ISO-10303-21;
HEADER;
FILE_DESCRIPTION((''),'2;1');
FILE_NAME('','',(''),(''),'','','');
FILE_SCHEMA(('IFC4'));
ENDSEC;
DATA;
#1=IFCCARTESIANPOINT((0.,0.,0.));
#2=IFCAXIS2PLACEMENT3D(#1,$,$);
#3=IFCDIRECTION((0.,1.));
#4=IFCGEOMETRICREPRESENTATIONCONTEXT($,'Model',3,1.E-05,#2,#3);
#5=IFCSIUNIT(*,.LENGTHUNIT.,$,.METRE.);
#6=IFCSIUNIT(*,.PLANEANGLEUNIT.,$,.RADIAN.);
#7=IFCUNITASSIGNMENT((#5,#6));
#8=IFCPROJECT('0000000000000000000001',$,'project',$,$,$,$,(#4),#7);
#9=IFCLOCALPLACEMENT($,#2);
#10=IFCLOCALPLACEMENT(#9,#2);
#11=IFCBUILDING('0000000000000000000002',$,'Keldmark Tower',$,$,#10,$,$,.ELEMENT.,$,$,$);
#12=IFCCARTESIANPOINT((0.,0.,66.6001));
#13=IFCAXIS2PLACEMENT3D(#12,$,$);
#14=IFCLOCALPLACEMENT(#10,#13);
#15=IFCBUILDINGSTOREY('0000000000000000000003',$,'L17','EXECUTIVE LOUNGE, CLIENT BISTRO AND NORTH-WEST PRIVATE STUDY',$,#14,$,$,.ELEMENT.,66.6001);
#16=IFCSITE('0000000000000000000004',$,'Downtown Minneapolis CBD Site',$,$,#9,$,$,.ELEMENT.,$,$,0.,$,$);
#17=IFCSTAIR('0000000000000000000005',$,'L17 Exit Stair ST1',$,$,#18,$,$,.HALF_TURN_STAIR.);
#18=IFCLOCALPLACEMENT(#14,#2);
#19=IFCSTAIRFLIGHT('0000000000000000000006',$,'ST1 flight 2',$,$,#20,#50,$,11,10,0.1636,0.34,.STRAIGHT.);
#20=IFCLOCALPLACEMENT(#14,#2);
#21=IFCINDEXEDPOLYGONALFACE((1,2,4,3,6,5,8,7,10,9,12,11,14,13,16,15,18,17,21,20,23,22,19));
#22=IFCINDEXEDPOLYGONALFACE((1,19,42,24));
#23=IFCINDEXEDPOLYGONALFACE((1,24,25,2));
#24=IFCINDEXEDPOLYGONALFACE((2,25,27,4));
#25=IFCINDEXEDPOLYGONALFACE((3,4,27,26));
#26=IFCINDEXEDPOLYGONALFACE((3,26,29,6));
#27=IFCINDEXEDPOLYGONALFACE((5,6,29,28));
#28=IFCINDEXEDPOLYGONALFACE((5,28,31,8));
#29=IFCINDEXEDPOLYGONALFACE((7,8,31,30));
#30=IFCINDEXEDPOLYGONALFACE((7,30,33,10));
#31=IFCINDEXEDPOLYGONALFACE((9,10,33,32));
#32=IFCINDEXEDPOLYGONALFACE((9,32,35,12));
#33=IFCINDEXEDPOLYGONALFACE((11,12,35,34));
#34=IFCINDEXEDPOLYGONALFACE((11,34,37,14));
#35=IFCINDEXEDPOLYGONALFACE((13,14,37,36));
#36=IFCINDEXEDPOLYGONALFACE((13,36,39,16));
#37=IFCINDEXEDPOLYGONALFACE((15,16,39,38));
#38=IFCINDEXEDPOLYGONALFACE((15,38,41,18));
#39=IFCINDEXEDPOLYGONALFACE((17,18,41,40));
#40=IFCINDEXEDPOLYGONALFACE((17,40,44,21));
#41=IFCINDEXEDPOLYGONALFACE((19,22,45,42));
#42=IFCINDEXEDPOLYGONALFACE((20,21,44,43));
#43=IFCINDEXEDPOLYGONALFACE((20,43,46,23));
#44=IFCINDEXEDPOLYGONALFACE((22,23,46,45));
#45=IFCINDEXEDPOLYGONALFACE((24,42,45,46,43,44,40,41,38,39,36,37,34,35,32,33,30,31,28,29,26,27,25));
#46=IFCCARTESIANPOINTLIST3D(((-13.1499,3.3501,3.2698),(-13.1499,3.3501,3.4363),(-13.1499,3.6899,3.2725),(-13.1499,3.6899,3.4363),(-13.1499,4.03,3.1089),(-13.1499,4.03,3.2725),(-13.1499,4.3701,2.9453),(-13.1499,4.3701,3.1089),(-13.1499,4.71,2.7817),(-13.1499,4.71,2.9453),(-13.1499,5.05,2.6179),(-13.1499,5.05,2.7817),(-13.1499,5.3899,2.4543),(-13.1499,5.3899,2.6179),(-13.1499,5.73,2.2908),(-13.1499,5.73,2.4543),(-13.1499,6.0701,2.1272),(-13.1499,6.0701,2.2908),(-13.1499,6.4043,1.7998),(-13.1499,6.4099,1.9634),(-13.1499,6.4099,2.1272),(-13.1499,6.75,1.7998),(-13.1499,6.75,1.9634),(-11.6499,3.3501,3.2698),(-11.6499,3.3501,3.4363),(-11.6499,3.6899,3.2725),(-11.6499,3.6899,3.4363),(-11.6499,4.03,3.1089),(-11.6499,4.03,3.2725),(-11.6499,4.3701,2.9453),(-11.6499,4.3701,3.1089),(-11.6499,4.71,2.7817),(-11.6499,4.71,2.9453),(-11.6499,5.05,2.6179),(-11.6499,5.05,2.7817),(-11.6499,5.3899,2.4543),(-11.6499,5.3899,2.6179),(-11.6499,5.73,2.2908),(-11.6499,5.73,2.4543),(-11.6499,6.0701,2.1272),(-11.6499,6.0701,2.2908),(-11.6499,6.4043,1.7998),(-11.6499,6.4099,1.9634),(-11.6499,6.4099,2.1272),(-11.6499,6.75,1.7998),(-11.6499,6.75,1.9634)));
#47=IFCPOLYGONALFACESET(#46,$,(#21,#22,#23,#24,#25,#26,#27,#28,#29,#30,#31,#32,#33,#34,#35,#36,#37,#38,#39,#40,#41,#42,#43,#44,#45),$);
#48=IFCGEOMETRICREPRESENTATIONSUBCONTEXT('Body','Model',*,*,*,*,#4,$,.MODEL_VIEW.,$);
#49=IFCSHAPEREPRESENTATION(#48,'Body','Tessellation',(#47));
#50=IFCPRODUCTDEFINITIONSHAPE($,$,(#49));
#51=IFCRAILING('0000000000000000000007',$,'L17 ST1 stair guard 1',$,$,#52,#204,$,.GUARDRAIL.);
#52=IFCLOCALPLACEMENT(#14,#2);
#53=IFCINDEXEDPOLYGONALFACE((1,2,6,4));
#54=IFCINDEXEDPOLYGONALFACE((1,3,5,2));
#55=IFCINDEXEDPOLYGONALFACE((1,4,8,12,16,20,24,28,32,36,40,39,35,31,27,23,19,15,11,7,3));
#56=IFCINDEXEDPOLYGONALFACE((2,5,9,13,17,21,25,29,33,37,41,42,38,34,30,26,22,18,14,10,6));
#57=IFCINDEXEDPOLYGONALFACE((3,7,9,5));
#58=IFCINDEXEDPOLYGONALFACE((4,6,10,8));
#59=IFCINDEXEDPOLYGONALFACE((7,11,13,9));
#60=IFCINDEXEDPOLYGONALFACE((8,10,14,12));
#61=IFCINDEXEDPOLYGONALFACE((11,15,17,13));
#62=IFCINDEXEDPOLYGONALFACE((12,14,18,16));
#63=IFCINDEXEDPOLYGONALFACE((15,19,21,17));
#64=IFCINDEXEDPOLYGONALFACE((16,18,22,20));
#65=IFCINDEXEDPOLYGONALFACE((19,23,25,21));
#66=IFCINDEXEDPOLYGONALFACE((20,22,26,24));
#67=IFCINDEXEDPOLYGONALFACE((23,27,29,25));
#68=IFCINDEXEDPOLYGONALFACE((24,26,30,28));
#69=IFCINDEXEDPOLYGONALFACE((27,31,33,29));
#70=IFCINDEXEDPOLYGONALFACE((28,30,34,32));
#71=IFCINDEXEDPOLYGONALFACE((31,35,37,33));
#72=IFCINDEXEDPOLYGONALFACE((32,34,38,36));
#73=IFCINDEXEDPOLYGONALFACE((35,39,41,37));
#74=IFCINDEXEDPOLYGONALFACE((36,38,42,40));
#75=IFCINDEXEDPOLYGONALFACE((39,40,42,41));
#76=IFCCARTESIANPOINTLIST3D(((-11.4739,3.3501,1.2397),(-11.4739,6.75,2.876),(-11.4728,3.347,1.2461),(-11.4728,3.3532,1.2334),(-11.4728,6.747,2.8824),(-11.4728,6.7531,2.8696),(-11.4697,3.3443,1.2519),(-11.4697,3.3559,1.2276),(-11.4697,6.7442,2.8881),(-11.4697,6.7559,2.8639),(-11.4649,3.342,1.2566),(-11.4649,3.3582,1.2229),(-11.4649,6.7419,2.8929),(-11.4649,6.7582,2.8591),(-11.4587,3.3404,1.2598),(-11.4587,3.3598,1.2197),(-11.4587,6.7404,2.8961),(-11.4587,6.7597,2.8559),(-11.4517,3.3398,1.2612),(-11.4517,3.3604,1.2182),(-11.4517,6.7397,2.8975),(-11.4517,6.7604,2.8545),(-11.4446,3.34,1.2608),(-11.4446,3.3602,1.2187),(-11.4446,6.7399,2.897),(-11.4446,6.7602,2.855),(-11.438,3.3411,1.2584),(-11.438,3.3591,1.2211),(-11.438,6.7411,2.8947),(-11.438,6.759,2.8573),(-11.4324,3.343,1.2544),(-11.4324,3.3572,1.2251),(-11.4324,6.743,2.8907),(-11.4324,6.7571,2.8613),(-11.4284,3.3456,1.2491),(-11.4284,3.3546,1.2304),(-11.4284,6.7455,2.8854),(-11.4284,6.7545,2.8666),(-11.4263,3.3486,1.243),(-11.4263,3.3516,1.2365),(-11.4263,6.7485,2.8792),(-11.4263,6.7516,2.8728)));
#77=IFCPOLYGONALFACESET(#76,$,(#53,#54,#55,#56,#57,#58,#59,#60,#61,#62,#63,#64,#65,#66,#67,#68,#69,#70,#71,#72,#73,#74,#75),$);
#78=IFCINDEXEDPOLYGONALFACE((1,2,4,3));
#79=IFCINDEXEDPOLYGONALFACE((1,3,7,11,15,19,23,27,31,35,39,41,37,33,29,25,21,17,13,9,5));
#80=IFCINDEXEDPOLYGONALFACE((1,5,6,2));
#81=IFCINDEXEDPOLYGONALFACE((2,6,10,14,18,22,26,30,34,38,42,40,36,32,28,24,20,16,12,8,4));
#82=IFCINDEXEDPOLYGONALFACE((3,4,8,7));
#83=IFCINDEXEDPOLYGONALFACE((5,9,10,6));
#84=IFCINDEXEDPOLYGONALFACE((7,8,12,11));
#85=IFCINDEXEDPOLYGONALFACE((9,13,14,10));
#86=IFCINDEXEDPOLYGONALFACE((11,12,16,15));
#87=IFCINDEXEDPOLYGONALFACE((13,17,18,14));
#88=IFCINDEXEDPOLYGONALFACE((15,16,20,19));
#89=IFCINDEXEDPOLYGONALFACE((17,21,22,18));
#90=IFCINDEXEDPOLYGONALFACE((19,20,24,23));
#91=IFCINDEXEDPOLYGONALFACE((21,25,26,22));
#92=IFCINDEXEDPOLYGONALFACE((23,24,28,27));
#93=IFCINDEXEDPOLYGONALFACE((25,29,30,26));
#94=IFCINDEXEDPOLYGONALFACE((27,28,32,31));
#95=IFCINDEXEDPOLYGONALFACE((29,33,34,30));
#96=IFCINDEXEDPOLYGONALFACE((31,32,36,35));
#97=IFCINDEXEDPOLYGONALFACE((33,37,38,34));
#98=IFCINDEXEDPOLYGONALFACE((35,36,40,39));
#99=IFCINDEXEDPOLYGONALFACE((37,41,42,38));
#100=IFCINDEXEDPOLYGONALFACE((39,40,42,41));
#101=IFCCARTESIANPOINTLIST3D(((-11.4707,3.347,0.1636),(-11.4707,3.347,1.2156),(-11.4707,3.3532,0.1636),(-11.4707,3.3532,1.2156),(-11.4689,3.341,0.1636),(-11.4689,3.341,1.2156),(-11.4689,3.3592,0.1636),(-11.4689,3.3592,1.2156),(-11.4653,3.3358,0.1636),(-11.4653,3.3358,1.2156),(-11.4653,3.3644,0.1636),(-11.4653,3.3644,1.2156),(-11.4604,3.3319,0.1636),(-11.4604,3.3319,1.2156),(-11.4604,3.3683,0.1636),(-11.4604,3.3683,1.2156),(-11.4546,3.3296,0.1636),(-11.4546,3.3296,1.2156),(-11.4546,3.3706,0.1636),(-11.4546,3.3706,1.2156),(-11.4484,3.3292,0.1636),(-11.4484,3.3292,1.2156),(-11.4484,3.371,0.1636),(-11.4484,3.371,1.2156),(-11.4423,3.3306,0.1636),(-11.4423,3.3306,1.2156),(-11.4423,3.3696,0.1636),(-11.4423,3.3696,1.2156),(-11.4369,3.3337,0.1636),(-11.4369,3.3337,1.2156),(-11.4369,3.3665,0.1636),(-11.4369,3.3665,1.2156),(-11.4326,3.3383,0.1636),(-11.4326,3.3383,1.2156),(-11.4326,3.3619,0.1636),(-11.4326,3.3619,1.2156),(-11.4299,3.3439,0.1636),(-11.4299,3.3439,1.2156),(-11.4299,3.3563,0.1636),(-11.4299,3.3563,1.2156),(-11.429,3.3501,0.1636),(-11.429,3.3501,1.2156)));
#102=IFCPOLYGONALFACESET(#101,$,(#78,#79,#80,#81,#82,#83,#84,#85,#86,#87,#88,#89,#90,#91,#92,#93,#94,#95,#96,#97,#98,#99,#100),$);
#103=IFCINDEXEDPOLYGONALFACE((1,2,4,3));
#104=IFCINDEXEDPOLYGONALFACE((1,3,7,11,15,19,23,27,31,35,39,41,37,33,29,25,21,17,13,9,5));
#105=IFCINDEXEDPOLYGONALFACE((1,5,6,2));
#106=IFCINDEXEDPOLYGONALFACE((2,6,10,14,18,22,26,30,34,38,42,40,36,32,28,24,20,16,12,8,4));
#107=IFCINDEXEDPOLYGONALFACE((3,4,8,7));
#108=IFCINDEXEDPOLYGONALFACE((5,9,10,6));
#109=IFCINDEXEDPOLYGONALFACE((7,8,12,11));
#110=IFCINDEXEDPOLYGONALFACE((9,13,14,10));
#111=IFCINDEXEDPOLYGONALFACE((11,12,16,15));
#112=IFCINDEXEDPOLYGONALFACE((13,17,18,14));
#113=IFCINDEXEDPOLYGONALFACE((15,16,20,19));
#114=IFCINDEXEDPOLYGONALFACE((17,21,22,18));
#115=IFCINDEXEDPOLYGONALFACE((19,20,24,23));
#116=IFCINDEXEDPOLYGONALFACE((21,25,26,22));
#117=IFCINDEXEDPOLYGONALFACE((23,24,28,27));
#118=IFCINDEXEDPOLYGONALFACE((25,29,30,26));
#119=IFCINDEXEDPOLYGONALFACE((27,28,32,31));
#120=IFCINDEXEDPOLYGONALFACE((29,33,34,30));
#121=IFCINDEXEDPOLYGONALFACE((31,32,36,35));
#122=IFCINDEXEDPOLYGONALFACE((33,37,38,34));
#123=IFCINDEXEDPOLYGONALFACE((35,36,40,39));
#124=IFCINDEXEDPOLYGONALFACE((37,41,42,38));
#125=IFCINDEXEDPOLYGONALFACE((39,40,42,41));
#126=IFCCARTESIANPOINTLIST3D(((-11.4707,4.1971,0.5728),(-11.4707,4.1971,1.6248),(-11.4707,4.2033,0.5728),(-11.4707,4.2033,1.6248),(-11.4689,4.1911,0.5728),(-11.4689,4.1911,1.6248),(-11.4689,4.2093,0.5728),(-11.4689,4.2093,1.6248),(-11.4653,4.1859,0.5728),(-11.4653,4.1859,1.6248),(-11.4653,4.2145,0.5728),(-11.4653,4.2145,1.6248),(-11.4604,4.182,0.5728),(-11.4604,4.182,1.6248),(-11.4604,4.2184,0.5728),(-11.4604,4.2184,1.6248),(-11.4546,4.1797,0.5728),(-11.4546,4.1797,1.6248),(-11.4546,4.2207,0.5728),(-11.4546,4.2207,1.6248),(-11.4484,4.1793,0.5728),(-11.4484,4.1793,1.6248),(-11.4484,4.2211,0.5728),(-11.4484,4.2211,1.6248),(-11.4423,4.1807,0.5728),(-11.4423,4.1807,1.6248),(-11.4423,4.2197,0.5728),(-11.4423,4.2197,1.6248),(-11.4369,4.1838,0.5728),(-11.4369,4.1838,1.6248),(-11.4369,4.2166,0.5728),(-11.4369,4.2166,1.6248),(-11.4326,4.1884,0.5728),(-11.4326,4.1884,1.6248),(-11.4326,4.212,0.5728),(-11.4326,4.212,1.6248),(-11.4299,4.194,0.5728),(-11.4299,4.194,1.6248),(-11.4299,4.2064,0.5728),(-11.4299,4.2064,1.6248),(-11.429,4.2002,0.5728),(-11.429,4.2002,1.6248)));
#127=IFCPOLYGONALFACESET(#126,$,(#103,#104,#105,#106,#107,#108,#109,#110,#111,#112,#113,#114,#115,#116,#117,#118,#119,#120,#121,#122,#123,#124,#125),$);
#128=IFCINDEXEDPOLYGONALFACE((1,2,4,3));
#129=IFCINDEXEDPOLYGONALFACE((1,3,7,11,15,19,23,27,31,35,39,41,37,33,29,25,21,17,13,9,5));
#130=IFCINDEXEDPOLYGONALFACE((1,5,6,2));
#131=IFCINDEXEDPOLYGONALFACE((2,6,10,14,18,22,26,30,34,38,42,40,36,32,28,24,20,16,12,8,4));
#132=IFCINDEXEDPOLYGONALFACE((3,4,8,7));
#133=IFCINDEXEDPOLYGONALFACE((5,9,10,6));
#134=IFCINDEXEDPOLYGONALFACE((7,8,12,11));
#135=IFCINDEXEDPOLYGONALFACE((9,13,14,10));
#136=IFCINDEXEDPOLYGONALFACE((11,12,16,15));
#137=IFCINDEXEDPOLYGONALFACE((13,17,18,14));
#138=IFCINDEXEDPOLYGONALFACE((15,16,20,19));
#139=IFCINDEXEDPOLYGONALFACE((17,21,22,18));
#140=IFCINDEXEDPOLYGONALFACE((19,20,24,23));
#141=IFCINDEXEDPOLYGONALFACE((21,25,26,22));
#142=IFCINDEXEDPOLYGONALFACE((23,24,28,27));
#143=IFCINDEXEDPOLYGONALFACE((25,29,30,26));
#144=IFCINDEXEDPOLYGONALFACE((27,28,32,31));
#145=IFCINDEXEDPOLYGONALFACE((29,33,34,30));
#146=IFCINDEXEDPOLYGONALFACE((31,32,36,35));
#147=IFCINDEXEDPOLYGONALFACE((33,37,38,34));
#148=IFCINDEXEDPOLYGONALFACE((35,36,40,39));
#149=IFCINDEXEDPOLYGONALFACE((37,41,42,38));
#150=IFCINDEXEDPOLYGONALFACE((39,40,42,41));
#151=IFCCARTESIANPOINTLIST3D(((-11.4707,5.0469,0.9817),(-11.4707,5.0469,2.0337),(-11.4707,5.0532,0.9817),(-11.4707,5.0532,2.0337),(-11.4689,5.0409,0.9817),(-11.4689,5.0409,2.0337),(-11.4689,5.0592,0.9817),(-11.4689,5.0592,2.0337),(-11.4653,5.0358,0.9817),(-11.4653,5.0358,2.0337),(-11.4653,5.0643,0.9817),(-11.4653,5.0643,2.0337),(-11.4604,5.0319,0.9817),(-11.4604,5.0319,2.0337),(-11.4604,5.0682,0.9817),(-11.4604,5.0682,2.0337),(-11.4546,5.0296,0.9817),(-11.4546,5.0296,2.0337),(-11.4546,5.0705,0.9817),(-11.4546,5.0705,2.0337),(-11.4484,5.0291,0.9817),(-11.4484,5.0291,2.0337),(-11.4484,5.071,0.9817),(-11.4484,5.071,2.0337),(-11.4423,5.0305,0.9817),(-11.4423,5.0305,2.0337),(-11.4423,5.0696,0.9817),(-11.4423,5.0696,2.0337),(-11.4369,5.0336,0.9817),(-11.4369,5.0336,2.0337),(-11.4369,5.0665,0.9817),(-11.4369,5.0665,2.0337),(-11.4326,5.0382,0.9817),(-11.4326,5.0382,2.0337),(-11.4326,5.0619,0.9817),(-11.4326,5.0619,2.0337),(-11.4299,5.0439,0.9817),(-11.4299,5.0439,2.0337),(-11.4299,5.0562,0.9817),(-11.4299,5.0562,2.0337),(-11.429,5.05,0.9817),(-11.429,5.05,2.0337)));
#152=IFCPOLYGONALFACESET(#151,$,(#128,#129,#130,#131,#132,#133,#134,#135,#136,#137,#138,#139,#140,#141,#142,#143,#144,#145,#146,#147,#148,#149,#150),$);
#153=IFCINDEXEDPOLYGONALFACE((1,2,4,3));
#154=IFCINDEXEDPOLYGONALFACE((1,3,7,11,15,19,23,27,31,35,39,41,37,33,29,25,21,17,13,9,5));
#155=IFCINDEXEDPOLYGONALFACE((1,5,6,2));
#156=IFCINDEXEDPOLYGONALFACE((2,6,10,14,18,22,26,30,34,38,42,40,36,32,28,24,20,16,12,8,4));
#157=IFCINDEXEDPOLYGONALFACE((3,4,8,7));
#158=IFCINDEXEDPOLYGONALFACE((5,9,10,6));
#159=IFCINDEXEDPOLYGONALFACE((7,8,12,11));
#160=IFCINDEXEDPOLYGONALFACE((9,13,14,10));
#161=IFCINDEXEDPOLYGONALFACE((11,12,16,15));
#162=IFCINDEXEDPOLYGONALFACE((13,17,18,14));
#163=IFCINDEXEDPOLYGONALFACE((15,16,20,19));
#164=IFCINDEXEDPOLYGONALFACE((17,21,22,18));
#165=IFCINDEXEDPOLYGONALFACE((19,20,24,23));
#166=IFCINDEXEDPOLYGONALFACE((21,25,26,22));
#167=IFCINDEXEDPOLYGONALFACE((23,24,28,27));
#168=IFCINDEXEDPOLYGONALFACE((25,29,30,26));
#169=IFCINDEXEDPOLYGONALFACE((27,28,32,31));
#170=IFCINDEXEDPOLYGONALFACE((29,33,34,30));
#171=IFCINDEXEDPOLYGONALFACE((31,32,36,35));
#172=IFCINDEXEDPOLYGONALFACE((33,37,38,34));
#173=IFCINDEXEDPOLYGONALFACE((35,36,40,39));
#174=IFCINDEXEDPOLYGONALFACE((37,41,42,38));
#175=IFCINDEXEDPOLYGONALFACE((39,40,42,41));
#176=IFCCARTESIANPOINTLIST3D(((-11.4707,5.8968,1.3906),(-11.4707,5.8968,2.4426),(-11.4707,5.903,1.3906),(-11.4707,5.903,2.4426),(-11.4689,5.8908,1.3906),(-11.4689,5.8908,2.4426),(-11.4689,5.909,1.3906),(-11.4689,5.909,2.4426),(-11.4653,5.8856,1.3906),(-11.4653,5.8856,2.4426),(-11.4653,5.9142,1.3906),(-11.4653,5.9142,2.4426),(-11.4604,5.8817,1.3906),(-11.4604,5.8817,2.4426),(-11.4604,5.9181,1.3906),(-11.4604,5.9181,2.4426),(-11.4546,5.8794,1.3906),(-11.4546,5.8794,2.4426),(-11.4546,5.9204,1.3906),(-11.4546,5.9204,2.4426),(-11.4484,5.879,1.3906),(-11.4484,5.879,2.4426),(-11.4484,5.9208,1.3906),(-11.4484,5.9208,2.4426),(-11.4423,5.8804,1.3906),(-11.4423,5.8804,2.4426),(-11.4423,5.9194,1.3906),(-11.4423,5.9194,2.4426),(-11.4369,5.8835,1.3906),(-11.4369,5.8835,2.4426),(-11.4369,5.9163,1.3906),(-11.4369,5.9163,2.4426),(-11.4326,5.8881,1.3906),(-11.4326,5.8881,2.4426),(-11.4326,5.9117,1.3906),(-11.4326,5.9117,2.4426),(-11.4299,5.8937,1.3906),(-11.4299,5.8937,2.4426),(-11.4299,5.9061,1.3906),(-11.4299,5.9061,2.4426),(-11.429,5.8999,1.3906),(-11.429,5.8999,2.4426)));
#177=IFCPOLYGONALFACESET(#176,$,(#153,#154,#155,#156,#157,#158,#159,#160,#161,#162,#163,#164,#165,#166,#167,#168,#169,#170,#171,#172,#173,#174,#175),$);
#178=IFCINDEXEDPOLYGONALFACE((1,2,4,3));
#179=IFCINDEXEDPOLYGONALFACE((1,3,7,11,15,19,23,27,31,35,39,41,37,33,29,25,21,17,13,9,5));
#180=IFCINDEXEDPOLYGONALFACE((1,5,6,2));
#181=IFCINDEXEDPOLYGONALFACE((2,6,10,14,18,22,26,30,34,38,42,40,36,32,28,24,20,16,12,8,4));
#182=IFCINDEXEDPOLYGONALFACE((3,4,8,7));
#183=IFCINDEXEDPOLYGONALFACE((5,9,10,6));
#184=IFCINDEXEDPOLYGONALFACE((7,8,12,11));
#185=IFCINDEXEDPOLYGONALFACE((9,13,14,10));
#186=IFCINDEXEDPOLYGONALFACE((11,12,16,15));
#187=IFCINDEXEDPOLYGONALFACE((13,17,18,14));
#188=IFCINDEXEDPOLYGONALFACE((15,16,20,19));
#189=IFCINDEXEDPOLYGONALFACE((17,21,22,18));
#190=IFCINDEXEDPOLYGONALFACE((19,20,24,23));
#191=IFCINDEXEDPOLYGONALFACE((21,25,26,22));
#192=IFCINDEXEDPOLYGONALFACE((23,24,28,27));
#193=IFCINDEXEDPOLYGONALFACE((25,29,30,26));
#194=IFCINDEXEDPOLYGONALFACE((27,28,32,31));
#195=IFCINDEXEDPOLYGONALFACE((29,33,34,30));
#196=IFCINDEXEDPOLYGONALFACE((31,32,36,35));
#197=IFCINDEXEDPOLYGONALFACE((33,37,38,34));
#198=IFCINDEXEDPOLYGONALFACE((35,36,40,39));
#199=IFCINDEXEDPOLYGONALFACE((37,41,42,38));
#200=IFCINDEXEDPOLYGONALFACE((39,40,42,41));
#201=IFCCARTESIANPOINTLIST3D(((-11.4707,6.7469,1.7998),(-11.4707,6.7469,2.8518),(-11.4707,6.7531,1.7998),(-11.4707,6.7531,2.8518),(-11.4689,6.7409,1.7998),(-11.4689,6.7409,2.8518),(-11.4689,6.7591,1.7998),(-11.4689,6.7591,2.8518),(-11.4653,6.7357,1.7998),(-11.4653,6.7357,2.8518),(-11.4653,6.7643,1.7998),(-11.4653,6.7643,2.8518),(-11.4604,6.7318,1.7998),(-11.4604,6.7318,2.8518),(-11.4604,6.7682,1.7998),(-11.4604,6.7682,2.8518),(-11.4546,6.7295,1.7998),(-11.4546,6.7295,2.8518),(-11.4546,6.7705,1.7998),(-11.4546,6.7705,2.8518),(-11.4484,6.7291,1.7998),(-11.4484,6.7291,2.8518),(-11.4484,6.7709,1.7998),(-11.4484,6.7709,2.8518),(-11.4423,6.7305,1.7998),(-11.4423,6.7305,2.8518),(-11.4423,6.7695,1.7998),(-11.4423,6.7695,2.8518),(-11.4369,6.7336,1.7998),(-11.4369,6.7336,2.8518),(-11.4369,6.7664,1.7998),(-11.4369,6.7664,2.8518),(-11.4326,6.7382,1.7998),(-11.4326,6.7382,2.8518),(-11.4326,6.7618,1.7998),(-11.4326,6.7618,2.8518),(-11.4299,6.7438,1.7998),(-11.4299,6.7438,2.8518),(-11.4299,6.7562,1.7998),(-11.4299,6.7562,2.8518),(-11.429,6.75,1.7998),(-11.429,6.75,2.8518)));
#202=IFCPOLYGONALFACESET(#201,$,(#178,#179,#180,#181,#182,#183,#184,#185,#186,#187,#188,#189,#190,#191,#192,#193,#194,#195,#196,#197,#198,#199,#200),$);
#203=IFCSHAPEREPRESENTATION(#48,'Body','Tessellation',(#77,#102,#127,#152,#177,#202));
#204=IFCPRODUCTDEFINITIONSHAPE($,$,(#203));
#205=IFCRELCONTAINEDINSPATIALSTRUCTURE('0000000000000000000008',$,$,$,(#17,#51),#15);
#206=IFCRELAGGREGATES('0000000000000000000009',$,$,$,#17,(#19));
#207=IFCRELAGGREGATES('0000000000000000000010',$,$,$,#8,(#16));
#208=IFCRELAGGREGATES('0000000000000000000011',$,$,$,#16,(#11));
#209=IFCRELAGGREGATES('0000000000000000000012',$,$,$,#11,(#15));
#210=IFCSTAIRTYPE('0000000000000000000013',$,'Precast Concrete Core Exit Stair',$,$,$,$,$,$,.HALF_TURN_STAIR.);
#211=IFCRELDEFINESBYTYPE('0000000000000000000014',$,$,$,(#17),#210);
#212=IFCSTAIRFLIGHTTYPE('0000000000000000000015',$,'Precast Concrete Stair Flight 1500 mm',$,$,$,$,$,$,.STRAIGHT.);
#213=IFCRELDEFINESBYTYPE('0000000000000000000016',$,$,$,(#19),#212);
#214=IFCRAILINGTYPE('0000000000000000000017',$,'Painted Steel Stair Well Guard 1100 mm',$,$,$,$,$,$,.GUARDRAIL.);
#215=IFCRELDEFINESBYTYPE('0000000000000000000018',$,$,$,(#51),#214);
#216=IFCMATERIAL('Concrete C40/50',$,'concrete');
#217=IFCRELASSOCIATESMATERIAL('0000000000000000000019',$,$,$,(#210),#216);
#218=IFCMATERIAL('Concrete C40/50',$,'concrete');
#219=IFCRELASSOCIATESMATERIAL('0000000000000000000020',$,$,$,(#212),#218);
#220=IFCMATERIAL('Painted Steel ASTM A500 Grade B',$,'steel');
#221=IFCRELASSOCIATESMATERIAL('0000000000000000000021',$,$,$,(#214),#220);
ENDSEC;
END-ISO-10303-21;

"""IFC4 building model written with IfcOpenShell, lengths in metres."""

from ifc_helpers import new_model, si_unit, direction, frame, origin, origin_2d, place, context, subcontext, project, spatial, polyline, circle, outline, extrude, material, type_object, element, aggregate, save


model = new_model("IFC4")

# Units and contexts
model_context = context("Model", 3, precision=1e-05, world=origin(), true_north=direction((0.0, 1.0)))
body_context = subcontext(model_context, "Body", "Model", "MODEL_VIEW")
ifc_project = project(units=[si_unit("LENGTHUNIT", "METRE"), si_unit("PLANEANGLEUNIT", "RADIAN")], contexts=[model_context])

# Site, building, storey
site_placement = place(None, origin())
site = spatial("IfcSite", under=ifc_project, at=site_placement, Name="Downtown Minneapolis CBD Site", CompositionType="ELEMENT", RefElevation=0.0)
building_placement = place(site_placement, origin())
building = spatial("IfcBuilding", under=site, at=building_placement, Name="Keldmark Tower", CompositionType="ELEMENT")
storey_placement = place(building_placement, frame((0.0, 0.0, 66.6001)))
storey = spatial("IfcBuildingStorey", under=building, at=storey_placement, Name="L17", Description="EXECUTIVE LOUNGE, CLIENT BISTRO AND NORTH-WEST PRIVATE STUDY", CompositionType="ELEMENT", Elevation=66.6001)

# Stair, stair flight
ifc_material_1 = material(Name="Concrete C40/50", Category="concrete")
stair_type = type_object("IfcStairType", Name="Precast Concrete Core Exit Stair", PredefinedType="HALF_TURN_STAIR", material=ifc_material_1)
stair_placement = place(storey_placement, origin())
stair = element("IfcStair", 1, at=stair_placement, inside=storey, type_object=stair_type, Name="L17 Exit Stair ST1", PredefinedType="HALF_TURN_STAIR")
ifc_material_2 = material(Name="Concrete C40/50", Category="concrete")
stair_flight_type = type_object("IfcStairFlightType", Name="Precast Concrete Stair Flight 1500 mm", PredefinedType="STRAIGHT", material=ifc_material_2)
stair_flight_1_placement = place(storey_placement, frame((-12.3999, 6.75, 1.7998), z_axis=(0.0, 0.0, 1.0), x_axis=(0.0, -1.0, 0.0)))
stair_flight_1 = element("IfcStairFlight", 2, at=stair_flight_1_placement, type_object=stair_flight_type, Name="ST1 flight 2", NumberOfRisers=11, NumberOfTreads=10, PredefinedType="STRAIGHT", RiserHeight=0.1636, TreadLength=0.34, context=body_context, shape_type="SweptSolid", body=[
    extrude(outline(polyline([(0.0, 0.0), (0.0, 0.1636), (0.3401, 0.1636), (0.3401, 0.3274), (0.6799, 0.3274), (0.6799, 0.491), (1.02, 0.491), (1.02, 0.6545), (1.3601, 0.6545), (1.3601, 0.8181), (1.7, 0.8181), (1.7, 0.9819), (2.04, 0.9819), (2.04, 1.1455), (2.3799, 1.1455), (2.3799, 1.3091), (2.72, 1.3091), (2.72, 1.4727), (3.0601, 1.4727), (3.0601, 1.6365), (3.3999, 1.6365), (3.3999, 1.8), (3.3999, 1.47), (0.3457, 0.0), (0.0, 0.0)])), frame((0.0, 0.75, 0.0), z_axis=(0.0, -1.0, 0.0), x_axis=(1.0, 0.0, 0.0)), (0.0, 0.0, 1.0), 1.5),
])
aggregate(stair, [stair_flight_1])

# Railing
ifc_material_3 = material(Name="Painted Steel ASTM A500 Grade B", Category="steel")
railing_type_1 = type_object("IfcRailingType", Name="Painted Steel Stair Well Guard 1100 mm", PredefinedType="GUARDRAIL", material=ifc_material_3)
railing_1_placement = place(storey_placement, frame((-11.45, 3.3501, 0.1636)))
element("IfcRailing", 3, at=railing_1_placement, inside=storey, type_object=railing_type_1, Name="L17 ST1 stair guard 1", PredefinedType="GUARDRAIL", context=body_context, shape_type="SweptSolid", body=[
    extrude(circle(Radius=0.0239, at=origin_2d()), frame((0.0, 0.0, 1.0762), z_axis=(0.0, 0.90108, 0.433652), x_axis=(-1.0, 0.0, 0.0)), (0.0, 0.0, 1.0), 3.7732),
    extrude(circle(Radius=0.021, at=origin_2d()), origin(), (0.0, 0.0, 1.0), 1.052),
    extrude(circle(Radius=0.021, at=origin_2d()), frame((0.0, 0.8501, 0.4092)), (0.0, 0.0, 1.0), 1.052),
    extrude(circle(Radius=0.021, at=origin_2d()), frame((0.0, 1.7, 0.8181)), (0.0, 0.0, 1.0), 1.052),
    extrude(circle(Radius=0.021, at=origin_2d()), frame((0.0, 2.5498, 1.2271)), (0.0, 0.0, 1.0), 1.052),
    extrude(circle(Radius=0.021, at=origin_2d()), frame((0.0, 3.3999, 1.6362)), (0.0, 0.0, 1.0), 1.052),
])

save(model, "model.ifc")
